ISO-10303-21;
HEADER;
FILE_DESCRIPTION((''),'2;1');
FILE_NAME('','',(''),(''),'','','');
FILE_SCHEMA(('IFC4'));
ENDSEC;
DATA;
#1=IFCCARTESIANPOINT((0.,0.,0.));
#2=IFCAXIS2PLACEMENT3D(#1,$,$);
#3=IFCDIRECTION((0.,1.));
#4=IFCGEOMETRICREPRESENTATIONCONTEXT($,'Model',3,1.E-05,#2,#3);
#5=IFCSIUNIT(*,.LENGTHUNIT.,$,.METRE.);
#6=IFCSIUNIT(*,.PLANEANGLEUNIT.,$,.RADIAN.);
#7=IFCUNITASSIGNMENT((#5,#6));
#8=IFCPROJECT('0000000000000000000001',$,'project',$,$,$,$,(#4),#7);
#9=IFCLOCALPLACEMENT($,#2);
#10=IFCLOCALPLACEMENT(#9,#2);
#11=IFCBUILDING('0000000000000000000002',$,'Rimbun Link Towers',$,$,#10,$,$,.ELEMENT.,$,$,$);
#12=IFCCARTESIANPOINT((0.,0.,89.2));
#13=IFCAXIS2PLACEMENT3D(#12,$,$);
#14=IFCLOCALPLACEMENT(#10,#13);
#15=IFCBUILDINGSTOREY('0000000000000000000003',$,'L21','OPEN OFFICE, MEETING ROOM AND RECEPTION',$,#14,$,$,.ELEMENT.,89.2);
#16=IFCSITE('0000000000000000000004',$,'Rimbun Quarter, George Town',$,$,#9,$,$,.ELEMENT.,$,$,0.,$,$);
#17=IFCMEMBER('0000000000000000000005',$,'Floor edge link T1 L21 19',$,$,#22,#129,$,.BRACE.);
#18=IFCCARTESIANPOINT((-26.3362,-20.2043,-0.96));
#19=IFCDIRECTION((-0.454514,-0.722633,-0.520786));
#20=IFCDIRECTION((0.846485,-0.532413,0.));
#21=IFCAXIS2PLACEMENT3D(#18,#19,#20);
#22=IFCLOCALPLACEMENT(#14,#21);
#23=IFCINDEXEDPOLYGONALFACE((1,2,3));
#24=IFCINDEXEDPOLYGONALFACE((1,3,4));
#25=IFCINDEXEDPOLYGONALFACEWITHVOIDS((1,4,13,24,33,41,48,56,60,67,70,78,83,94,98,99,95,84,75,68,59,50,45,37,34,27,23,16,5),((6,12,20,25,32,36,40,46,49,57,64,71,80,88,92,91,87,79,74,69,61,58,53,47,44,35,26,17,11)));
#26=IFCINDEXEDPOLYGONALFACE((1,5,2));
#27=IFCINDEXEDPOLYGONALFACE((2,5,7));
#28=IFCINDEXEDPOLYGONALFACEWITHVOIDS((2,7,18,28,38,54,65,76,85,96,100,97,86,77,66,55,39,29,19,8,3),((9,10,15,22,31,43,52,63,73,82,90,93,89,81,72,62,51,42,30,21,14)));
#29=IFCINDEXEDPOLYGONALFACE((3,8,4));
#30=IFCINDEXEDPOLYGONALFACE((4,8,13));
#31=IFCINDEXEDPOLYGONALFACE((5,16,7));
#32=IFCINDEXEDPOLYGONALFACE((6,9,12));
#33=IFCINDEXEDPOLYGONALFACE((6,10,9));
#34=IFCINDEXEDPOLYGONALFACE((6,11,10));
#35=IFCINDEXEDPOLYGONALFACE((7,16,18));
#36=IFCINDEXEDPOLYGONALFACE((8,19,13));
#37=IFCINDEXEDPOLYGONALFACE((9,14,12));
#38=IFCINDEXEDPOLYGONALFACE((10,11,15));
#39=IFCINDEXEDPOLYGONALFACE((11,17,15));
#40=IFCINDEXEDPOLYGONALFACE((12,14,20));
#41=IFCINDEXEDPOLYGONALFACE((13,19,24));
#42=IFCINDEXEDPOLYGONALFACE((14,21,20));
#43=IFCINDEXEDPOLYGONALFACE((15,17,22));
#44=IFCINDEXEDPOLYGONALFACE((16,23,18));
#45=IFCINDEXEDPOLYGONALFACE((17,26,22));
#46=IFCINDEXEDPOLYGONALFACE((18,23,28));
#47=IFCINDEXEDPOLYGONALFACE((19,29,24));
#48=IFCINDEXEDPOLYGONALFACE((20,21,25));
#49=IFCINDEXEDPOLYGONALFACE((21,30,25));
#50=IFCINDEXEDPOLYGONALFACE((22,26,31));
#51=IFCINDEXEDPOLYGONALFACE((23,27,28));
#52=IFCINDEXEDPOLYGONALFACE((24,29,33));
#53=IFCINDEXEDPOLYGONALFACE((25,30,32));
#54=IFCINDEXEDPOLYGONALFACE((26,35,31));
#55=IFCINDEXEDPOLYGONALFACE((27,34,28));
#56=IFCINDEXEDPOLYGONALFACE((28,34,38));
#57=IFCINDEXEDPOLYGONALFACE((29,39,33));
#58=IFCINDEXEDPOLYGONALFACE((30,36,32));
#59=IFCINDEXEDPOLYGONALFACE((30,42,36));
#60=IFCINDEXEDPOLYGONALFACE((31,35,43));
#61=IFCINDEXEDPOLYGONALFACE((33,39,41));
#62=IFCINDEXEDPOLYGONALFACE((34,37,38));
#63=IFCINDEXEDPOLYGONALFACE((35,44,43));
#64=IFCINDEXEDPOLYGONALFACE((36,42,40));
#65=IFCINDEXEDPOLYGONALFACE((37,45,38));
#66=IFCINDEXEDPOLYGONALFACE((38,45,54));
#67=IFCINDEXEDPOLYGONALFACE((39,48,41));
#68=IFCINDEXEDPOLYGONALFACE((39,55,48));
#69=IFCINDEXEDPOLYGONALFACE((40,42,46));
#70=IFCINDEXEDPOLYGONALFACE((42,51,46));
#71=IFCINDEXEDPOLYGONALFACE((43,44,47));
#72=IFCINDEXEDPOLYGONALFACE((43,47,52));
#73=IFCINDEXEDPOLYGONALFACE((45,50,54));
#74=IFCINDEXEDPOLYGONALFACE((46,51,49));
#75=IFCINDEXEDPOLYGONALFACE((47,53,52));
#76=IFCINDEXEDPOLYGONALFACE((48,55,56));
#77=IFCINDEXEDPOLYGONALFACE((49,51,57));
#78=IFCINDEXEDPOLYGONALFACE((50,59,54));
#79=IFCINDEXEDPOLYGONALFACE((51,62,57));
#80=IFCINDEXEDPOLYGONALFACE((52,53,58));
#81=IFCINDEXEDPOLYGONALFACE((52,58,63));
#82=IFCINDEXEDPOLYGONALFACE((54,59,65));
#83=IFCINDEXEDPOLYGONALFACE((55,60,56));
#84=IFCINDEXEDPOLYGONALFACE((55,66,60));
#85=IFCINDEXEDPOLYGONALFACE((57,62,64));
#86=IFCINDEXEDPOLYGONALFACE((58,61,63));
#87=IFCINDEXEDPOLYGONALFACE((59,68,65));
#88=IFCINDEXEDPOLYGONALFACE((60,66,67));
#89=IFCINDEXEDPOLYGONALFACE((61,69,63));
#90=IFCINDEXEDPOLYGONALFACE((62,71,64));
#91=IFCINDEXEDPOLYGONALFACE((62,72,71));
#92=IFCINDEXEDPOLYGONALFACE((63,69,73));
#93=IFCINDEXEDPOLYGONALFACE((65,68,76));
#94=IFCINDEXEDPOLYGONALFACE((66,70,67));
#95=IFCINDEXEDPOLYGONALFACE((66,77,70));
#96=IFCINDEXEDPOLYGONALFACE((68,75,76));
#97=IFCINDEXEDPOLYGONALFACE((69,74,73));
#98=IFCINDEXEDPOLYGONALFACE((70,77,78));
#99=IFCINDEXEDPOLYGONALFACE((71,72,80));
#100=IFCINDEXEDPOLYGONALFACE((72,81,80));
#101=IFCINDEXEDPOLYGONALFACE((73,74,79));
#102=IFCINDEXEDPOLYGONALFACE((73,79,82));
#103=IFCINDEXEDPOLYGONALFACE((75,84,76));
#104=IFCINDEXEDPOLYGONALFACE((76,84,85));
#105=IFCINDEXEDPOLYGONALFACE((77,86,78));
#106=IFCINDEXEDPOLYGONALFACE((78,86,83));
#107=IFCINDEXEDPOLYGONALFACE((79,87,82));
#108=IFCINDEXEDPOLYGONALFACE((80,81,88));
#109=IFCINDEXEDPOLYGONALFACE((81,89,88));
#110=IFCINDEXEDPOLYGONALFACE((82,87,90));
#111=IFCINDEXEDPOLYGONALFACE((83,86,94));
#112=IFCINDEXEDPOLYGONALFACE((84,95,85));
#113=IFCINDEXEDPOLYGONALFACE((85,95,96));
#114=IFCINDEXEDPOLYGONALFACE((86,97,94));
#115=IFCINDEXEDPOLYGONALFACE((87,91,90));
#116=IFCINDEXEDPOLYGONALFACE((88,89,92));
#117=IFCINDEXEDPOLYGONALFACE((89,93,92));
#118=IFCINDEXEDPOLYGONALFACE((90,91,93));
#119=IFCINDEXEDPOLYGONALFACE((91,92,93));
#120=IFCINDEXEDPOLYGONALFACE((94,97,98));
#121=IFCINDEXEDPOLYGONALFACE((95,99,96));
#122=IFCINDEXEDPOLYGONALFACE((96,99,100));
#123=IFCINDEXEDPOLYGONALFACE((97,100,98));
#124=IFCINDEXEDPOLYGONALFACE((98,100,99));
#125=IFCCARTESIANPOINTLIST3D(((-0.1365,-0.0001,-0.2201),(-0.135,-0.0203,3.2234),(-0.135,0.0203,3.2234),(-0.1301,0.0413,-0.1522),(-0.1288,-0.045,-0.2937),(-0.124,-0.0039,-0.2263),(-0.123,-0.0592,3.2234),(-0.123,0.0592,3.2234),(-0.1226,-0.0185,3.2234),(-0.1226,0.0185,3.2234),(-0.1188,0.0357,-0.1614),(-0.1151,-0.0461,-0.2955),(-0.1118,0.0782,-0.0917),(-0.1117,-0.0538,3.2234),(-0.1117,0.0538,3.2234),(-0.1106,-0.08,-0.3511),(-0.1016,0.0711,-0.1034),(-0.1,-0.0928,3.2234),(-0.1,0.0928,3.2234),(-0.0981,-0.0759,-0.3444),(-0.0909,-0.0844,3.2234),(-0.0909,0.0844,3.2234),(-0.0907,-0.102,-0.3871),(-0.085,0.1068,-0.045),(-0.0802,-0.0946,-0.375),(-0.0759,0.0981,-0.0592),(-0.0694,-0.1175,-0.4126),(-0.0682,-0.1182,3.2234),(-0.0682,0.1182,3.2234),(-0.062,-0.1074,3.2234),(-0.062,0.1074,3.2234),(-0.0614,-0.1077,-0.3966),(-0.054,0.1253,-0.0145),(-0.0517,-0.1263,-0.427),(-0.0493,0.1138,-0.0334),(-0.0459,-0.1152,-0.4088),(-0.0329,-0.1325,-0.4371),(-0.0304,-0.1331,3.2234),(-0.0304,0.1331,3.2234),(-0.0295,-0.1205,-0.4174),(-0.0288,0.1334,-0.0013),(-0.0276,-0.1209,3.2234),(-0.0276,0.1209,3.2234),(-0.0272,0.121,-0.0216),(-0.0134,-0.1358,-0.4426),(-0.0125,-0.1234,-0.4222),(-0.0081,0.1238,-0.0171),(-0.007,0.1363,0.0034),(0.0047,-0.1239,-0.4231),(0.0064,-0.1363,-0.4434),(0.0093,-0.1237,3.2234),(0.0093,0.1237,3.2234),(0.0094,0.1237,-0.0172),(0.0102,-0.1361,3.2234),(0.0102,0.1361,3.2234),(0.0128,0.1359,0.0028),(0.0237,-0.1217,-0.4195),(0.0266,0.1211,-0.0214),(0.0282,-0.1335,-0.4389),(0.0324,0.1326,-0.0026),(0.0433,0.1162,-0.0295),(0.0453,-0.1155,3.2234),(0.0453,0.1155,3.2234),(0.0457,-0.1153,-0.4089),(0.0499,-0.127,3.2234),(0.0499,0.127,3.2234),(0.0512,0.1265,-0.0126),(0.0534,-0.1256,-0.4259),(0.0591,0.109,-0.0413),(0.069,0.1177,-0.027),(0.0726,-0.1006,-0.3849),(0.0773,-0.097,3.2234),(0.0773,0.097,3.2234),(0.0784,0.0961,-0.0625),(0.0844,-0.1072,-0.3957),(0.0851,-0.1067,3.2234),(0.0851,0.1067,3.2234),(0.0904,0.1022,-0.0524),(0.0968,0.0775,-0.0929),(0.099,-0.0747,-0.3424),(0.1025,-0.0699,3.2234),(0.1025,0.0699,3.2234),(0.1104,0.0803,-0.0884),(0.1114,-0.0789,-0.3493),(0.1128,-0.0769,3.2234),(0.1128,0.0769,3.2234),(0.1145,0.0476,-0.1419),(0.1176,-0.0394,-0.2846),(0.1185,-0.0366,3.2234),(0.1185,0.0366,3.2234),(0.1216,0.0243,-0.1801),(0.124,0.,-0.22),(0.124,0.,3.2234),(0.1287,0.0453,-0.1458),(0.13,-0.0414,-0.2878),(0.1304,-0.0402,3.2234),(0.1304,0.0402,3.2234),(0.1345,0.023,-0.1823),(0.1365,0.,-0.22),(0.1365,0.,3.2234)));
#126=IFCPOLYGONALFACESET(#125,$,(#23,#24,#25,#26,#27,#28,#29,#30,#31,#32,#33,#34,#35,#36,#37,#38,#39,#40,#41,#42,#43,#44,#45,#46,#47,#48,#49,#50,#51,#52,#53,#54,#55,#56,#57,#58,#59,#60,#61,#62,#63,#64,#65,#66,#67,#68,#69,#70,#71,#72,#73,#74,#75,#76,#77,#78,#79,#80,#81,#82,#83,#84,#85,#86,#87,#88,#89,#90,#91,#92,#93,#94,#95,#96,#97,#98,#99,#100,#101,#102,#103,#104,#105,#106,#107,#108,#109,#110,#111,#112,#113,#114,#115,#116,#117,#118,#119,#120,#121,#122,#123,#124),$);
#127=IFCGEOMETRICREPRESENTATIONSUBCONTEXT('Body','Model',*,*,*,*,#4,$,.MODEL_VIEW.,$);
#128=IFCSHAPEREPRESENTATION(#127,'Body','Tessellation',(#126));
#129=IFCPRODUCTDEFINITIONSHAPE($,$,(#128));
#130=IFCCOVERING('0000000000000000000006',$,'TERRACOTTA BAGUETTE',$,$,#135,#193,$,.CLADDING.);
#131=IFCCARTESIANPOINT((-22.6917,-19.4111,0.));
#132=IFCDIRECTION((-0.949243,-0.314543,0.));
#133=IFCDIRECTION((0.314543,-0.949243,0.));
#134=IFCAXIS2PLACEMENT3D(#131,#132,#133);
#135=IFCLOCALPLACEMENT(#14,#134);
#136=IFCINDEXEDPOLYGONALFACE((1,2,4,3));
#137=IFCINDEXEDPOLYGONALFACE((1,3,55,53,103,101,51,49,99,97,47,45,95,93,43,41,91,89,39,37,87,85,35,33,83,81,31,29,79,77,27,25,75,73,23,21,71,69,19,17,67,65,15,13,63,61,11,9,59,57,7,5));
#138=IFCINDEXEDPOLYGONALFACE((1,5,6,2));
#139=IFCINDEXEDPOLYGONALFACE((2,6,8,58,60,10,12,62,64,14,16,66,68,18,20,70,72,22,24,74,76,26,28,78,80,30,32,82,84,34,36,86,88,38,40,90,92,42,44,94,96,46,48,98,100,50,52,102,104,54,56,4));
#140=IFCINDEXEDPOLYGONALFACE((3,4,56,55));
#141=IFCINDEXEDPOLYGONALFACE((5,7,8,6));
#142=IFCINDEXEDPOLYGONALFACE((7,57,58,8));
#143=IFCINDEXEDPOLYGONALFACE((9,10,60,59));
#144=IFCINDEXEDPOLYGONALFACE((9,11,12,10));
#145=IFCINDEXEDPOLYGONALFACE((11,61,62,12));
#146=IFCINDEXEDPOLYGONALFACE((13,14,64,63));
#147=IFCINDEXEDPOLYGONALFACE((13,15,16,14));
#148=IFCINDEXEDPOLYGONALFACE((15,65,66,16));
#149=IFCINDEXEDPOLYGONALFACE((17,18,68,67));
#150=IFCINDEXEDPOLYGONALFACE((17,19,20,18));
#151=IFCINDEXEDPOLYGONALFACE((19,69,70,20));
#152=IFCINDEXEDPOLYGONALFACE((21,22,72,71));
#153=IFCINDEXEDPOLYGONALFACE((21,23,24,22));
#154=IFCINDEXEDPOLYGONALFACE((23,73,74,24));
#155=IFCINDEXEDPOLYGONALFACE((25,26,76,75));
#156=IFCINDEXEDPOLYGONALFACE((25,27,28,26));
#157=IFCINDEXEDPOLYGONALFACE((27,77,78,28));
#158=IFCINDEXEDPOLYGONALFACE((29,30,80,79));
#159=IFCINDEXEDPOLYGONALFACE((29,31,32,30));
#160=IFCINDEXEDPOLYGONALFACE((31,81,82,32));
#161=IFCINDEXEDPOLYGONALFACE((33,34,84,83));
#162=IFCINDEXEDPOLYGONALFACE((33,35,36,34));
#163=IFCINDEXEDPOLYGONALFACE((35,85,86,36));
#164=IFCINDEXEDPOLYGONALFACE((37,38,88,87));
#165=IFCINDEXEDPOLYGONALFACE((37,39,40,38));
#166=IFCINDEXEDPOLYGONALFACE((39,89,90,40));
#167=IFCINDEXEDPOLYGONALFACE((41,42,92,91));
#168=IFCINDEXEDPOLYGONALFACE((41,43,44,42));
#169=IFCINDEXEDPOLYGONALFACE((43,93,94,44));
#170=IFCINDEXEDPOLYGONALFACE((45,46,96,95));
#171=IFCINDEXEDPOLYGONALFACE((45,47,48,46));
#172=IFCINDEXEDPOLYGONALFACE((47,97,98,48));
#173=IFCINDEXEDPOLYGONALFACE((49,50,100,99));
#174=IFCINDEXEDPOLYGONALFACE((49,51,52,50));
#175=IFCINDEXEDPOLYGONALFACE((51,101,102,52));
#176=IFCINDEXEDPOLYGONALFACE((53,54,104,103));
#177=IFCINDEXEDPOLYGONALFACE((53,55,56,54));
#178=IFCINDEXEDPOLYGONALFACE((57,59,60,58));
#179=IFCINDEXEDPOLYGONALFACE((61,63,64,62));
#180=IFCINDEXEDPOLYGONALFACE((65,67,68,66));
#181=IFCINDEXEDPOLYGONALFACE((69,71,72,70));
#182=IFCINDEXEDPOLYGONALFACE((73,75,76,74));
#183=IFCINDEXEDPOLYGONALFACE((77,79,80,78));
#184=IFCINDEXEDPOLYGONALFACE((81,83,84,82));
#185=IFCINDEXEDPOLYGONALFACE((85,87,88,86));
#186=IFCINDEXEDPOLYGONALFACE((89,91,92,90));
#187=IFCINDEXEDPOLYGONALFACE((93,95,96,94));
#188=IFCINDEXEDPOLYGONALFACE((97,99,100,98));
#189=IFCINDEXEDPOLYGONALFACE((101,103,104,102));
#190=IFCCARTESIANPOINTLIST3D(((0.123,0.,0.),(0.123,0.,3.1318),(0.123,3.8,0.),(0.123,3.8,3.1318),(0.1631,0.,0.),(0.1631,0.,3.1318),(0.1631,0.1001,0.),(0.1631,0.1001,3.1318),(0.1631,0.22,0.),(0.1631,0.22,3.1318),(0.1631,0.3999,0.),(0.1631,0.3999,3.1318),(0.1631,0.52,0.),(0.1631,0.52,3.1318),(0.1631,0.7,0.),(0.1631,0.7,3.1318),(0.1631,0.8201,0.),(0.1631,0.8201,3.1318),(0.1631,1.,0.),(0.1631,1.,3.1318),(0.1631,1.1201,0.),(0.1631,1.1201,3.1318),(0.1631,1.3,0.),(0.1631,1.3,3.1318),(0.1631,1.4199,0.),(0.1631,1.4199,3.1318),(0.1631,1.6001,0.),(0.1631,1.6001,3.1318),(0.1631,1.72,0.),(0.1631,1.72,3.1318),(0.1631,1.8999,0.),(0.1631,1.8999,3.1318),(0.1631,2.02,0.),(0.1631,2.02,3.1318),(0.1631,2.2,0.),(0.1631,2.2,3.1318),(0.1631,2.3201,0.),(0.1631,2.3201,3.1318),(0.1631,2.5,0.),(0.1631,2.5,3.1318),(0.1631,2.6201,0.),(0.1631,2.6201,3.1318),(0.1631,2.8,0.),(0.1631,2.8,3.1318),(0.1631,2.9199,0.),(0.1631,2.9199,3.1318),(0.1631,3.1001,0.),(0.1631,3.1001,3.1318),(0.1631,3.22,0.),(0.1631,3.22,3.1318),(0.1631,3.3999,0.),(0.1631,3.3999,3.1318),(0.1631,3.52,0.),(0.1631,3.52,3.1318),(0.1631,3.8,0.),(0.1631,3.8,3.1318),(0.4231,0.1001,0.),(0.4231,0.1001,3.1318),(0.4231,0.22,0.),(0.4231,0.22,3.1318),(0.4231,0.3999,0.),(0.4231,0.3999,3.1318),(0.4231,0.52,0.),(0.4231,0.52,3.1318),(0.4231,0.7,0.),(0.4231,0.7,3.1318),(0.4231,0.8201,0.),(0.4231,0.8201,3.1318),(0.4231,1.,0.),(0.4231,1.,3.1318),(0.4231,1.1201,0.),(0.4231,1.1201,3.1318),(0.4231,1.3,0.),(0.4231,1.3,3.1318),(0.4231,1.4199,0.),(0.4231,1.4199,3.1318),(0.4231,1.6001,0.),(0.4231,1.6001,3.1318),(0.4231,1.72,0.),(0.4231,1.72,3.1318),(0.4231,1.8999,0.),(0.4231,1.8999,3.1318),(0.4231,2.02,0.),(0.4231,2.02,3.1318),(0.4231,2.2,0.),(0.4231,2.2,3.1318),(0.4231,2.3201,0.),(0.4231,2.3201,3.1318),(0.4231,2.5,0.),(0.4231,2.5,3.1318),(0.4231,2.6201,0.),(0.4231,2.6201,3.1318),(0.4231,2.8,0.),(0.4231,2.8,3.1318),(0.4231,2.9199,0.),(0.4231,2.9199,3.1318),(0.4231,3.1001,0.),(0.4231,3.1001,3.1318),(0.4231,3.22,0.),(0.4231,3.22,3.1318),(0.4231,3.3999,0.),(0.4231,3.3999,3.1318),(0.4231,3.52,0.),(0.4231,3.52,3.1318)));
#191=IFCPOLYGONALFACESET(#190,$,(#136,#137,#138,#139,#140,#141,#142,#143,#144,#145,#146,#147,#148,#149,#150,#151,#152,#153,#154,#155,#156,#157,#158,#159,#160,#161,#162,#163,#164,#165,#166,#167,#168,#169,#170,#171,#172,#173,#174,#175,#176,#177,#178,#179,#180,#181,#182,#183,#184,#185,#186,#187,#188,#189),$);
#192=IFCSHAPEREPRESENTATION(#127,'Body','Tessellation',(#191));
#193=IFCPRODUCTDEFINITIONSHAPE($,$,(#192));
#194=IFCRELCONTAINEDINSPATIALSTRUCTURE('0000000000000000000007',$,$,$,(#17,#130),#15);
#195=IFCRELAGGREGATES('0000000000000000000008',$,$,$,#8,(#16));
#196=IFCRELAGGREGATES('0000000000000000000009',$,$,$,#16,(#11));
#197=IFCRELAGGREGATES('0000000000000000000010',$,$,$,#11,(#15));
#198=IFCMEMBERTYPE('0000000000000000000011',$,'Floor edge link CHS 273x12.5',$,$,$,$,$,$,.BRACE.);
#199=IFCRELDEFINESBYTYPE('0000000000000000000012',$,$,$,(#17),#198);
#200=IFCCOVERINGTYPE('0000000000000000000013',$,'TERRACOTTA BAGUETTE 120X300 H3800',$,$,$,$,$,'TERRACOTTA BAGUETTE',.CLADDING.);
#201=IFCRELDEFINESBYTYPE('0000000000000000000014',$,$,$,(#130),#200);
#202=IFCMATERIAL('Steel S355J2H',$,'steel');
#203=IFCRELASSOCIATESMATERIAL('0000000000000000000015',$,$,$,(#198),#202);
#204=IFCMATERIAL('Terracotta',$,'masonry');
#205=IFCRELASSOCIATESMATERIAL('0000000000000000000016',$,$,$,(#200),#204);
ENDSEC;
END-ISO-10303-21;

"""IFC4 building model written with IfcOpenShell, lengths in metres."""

from ifc_helpers import new_model, si_unit, direction, frame, origin, origin_2d, place, context, subcontext, project, spatial, polyline, hollow_circle, outline, extrude, clip, halfspace, material, material_profile, profile_set, type_object, element, save


model = new_model("IFC4")

# Units and contexts
model_context = context("Model", 3, precision=1e-05, world=origin(), true_north=direction((0.0, 1.0)))
body_context = subcontext(model_context, "Body", "Model", "MODEL_VIEW")
ifc_project = project(units=[si_unit("LENGTHUNIT", "METRE"), si_unit("PLANEANGLEUNIT", "RADIAN")], contexts=[model_context])

# Site, building, storey
site_placement = place(None, origin())
site = spatial("IfcSite", under=ifc_project, at=site_placement, Name="Rimbun Quarter, George Town", CompositionType="ELEMENT", RefElevation=0.0)
building_placement = place(site_placement, origin())
building = spatial("IfcBuilding", under=site, at=building_placement, Name="Rimbun Link Towers", CompositionType="ELEMENT")
storey_placement = place(building_placement, frame((0.0, 0.0, 89.2)))
storey = spatial("IfcBuildingStorey", under=building, at=storey_placement, Name="L21", Description="OPEN OFFICE, MEETING ROOM AND RECEPTION", CompositionType="ELEMENT", Elevation=89.2)

# Member
ifc_material_1 = material(Name="Steel S355J2H", Category="steel")
ifc_material_profile_1 = material_profile(ifc_material_1, hollow_circle(Radius=0.1365, WallThickness=0.0125, at=origin_2d()), Name="CHS 273x12.5")
ifc_profile_set_1 = profile_set([ifc_material_profile_1], Name="Steel S355J2H")
member_type_1 = type_object("IfcMemberType", Name="Floor edge link CHS 273x12.5", PredefinedType="BRACE", material=ifc_profile_set_1)
member_1_placement = place(storey_placement, frame((-26.3362, -20.2043, -0.96), z_axis=(-0.454514, -0.722633, -0.520786), x_axis=(0.846485, -0.532413, 0.0)))
element("IfcMember", 1, at=member_1_placement, inside=storey, type_object=member_type_1, Name="Floor edge link T1 L21 19", PredefinedType="BRACE", context=body_context, shape_type="Clipping", body=[
    clip(extrude(hollow_circle(Radius=0.1365, WallThickness=0.0125, at=origin_2d()), frame((0.0, 0.0, -0.4668)), (0.0, 0.0, 1.0), 3.6902), halfspace(frame((0.0, 0.0, -0.22), z_axis=(0.0, 0.853687, -0.520786)), False)),
])

# Covering
ifc_material_2 = material(Name="Terracotta", Category="masonry")
ifc_material_profile_2 = material_profile(ifc_material_2, outline(polyline([(0.123, 0.0), (0.1631, 0.0), (0.1631, 0.1001), (0.4231, 0.1001), (0.4231, 0.22), (0.1631, 0.22), (0.1631, 0.3999), (0.4231, 0.3999), (0.4231, 0.52), (0.1631, 0.52), (0.1631, 0.7), (0.4231, 0.7), (0.4231, 0.8201), (0.1631, 0.8201), (0.1631, 1.0), (0.4231, 1.0), (0.4231, 1.1201), (0.1631, 1.1201), (0.1631, 1.3), (0.4231, 1.3), (0.4231, 1.4199), (0.1631, 1.4199), (0.1631, 1.6001), (0.4231, 1.6001), (0.4231, 1.72), (0.1631, 1.72), (0.1631, 1.8999), (0.4231, 1.8999), (0.4231, 2.02), (0.1631, 2.02), (0.1631, 2.2), (0.4231, 2.2), (0.4231, 2.3201), (0.1631, 2.3201), (0.1631, 2.5), (0.4231, 2.5), (0.4231, 2.6201), (0.1631, 2.6201), (0.1631, 2.8), (0.4231, 2.8), (0.4231, 2.9199), (0.1631, 2.9199), (0.1631, 3.1001), (0.4231, 3.1001), (0.4231, 3.22), (0.1631, 3.22), (0.1631, 3.3999), (0.4231, 3.3999), (0.4231, 3.52), (0.1631, 3.52), (0.1631, 3.8), (0.123, 3.8), (0.123, 0.0)])), Name="BAGUETTE 120X300")
ifc_profile_set_2 = profile_set([ifc_material_profile_2], Name="Terracotta")
covering_type = type_object("IfcCoveringType", Name="TERRACOTTA BAGUETTE 120X300 H3800", ElementType="TERRACOTTA BAGUETTE", PredefinedType="CLADDING", material=ifc_profile_set_2)
covering_1_placement = place(storey_placement, frame((-22.6917, -19.4111, 0.0), z_axis=(-0.949243, -0.314543, 0.0), x_axis=(0.314543, -0.949243, 0.0)))
element("IfcCovering", 2, at=covering_1_placement, inside=storey, type_object=covering_type, Name="TERRACOTTA BAGUETTE", PredefinedType="CLADDING", context=body_context, shape_type="SweptSolid", body=[
    extrude(outline(polyline([(0.123, 0.0), (0.1631, 0.0), (0.1631, 0.1001), (0.4231, 0.1001), (0.4231, 0.22), (0.1631, 0.22), (0.1631, 0.3999), (0.4231, 0.3999), (0.4231, 0.52), (0.1631, 0.52), (0.1631, 0.7), (0.4231, 0.7), (0.4231, 0.8201), (0.1631, 0.8201), (0.1631, 1.0), (0.4231, 1.0), (0.4231, 1.1201), (0.1631, 1.1201), (0.1631, 1.3), (0.4231, 1.3), (0.4231, 1.4199), (0.1631, 1.4199), (0.1631, 1.6001), (0.4231, 1.6001), (0.4231, 1.72), (0.1631, 1.72), (0.1631, 1.8999), (0.4231, 1.8999), (0.4231, 2.02), (0.1631, 2.02), (0.1631, 2.2), (0.4231, 2.2), (0.4231, 2.3201), (0.1631, 2.3201), (0.1631, 2.5), (0.4231, 2.5), (0.4231, 2.6201), (0.1631, 2.6201), (0.1631, 2.8), (0.4231, 2.8), (0.4231, 2.9199), (0.1631, 2.9199), (0.1631, 3.1001), (0.4231, 3.1001), (0.4231, 3.22), (0.1631, 3.22), (0.1631, 3.3999), (0.4231, 3.3999), (0.4231, 3.52), (0.1631, 3.52), (0.1631, 3.8), (0.123, 3.8), (0.123, 0.0)])), origin(), (0.0, 0.0, 1.0), 3.1318),
])

save(model, "model.ifc")
